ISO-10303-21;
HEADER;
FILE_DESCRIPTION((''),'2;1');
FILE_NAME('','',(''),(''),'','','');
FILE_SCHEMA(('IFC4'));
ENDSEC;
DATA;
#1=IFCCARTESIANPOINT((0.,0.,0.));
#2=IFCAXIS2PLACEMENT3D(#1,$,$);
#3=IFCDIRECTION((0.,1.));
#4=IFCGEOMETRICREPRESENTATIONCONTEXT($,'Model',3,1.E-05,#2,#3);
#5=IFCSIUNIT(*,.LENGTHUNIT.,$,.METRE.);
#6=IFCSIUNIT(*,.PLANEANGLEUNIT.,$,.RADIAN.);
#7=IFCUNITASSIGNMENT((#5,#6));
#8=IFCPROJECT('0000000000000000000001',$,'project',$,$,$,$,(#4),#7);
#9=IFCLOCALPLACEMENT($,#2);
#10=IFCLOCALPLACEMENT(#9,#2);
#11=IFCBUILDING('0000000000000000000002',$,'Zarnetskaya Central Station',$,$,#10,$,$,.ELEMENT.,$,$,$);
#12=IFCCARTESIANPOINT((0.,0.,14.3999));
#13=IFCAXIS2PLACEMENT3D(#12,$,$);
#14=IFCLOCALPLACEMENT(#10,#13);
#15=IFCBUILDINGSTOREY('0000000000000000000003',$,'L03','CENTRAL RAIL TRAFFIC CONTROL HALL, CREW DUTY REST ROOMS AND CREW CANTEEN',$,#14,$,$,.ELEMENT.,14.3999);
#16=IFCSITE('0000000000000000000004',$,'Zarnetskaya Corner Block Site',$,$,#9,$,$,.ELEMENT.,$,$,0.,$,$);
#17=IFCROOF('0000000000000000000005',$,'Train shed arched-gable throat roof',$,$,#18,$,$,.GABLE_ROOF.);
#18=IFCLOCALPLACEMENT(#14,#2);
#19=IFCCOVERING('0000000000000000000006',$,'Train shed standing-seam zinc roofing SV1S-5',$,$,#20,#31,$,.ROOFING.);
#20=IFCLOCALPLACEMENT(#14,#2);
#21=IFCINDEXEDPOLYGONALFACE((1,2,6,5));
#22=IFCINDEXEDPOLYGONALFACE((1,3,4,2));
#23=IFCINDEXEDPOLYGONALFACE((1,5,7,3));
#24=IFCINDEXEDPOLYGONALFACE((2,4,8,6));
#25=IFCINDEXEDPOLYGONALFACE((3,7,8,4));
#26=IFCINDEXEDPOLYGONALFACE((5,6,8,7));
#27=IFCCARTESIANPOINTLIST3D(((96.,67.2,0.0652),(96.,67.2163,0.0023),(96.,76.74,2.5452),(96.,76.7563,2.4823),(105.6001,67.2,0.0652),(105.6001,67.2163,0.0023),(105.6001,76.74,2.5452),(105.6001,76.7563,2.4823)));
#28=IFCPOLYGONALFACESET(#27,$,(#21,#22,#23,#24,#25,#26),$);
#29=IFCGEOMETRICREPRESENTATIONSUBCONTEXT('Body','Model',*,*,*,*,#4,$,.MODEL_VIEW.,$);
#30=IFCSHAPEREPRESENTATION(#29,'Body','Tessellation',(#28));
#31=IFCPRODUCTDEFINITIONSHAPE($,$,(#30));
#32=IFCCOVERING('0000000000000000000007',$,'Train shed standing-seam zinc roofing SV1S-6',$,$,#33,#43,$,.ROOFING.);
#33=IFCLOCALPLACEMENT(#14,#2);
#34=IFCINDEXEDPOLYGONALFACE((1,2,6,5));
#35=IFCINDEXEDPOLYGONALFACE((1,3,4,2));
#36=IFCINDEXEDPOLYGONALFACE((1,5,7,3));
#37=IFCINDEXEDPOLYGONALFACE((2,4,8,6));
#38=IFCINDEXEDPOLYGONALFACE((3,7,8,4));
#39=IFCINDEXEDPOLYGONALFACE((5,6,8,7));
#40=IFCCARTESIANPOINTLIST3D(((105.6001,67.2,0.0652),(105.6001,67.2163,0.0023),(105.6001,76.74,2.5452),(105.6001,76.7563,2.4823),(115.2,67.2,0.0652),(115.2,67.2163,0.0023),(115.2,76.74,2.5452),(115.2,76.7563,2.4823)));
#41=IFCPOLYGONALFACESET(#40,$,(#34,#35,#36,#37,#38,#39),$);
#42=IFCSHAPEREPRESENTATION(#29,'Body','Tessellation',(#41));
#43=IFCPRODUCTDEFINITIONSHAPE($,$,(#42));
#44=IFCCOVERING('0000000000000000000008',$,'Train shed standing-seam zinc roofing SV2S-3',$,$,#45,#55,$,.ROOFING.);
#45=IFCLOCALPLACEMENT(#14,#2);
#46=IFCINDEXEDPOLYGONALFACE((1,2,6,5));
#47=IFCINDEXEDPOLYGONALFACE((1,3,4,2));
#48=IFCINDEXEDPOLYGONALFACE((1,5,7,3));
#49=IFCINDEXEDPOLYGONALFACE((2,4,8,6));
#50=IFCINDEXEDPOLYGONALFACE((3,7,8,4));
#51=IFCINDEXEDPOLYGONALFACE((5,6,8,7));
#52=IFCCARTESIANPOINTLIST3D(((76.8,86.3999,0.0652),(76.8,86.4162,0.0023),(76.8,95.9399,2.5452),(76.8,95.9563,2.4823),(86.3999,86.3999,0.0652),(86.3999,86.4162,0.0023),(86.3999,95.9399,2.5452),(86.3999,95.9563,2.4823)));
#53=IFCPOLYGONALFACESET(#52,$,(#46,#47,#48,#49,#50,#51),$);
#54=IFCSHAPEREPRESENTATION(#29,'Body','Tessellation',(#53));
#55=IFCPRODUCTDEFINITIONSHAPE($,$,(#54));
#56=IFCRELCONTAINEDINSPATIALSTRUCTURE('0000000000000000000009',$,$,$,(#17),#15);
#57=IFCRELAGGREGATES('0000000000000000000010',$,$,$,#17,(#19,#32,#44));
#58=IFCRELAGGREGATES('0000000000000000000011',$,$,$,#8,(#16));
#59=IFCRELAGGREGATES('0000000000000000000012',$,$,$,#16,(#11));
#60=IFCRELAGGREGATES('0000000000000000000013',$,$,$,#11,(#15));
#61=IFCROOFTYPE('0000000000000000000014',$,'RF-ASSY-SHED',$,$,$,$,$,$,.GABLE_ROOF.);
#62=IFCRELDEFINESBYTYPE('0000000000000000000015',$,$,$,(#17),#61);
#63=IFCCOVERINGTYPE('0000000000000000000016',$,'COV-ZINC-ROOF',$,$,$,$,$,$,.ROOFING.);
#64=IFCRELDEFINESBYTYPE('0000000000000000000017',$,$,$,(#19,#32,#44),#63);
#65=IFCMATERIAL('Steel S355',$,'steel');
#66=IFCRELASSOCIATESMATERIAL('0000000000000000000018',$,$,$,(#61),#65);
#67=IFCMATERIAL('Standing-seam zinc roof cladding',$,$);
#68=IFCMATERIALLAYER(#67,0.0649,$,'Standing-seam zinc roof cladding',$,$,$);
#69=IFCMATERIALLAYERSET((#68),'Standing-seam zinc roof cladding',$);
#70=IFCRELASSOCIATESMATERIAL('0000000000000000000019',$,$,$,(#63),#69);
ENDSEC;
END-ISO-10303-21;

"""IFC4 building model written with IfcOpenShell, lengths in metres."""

from ifc_helpers import new_model, si_unit, direction, frame, origin, place, context, subcontext, project, spatial, polyline, outline, extrude, material, layer, layer_set, type_object, element, aggregate, save


model = new_model("IFC4")

# Units and contexts
model_context = context("Model", 3, precision=1e-05, world=origin(), true_north=direction((0.0, 1.0)))
body_context = subcontext(model_context, "Body", "Model", "MODEL_VIEW")
ifc_project = project(units=[si_unit("LENGTHUNIT", "METRE"), si_unit("PLANEANGLEUNIT", "RADIAN")], contexts=[model_context])

# Site, building, storey
site_placement = place(None, origin())
site = spatial("IfcSite", under=ifc_project, at=site_placement, Name="Zarnetskaya Corner Block Site", CompositionType="ELEMENT", RefElevation=0.0)
building_placement = place(site_placement, origin())
building = spatial("IfcBuilding", under=site, at=building_placement, Name="Zarnetskaya Central Station", CompositionType="ELEMENT")
storey_placement = place(building_placement, frame((0.0, 0.0, 14.3999)))
storey = spatial("IfcBuildingStorey", under=building, at=storey_placement, Name="L03", Description="CENTRAL RAIL TRAFFIC CONTROL HALL, CREW DUTY REST ROOMS AND CREW CANTEEN", CompositionType="ELEMENT", Elevation=14.3999)

# Shared definitions
ifc_material_1 = material(Name="Steel S355", Category="steel")

# Roof, coverings
roof_type = type_object("IfcRoofType", Name="RF-ASSY-SHED", PredefinedType="GABLE_ROOF", material=ifc_material_1)
roof_placement = place(storey_placement, origin())
roof = element("IfcRoof", 1, at=roof_placement, inside=storey, type_object=roof_type, Name="Train shed arched-gable throat roof", PredefinedType="GABLE_ROOF")
ifc_material_2 = material(Name="Standing-seam zinc roof cladding")
ifc_layer_1 = layer(ifc_material_2, 0.0649, Name="Standing-seam zinc roof cladding")
ifc_layer_set_1 = layer_set([ifc_layer_1], Name="Standing-seam zinc roof cladding")
covering_type = type_object("IfcCoveringType", Name="COV-ZINC-ROOF", PredefinedType="ROOFING", material=ifc_layer_set_1)
covering_1_placement = place(storey_placement, frame((96.0, 67.2, 0.0652), z_axis=(0.0, -0.251593, 0.967833), x_axis=(1.0, 0.0, 0.0)))
covering_1 = element("IfcCovering", 2, at=covering_1_placement, type_object=covering_type, Name="Train shed standing-seam zinc roofing SV1S-5", PredefinedType="ROOFING", context=body_context, shape_type="SweptSolid", body=[
    extrude(outline(polyline([(0.0, 0.0), (9.6001, 0.0), (9.6001, 9.8571), (0.0, 9.8571), (0.0, 0.0)])), origin(), (0.0, 0.0, -1.0), 0.0649),
])
covering_2_placement = place(storey_placement, frame((105.6001, 67.2, 0.0652), z_axis=(0.0, -0.251593, 0.967833), x_axis=(1.0, 0.0, 0.0)))
covering_2 = element("IfcCovering", 3, at=covering_2_placement, type_object=covering_type, Name="Train shed standing-seam zinc roofing SV1S-6", PredefinedType="ROOFING", context=body_context, shape_type="SweptSolid", body=[
    extrude(outline(polyline([(0.0, 0.0), (9.5999, 0.0), (9.5999, 9.8571), (0.0, 9.8571), (0.0, 0.0)])), origin(), (0.0, 0.0, -1.0), 0.0649),
])
covering_3_placement = place(storey_placement, frame((76.8, 86.3999, 0.0652), z_axis=(0.0, -0.251593, 0.967833), x_axis=(1.0, 0.0, 0.0)))
covering_3 = element("IfcCovering", 4, at=covering_3_placement, type_object=covering_type, Name="Train shed standing-seam zinc roofing SV2S-3", PredefinedType="ROOFING", context=body_context, shape_type="SweptSolid", body=[
    extrude(outline(polyline([(0.0, 0.0), (9.5999, 0.0), (9.5999, 9.8571), (0.0, 9.8571), (0.0, 0.0)])), origin(), (0.0, 0.0, -1.0), 0.0649),
])
aggregate(roof, [covering_1, covering_2, covering_3])

save(model, "model.ifc")
